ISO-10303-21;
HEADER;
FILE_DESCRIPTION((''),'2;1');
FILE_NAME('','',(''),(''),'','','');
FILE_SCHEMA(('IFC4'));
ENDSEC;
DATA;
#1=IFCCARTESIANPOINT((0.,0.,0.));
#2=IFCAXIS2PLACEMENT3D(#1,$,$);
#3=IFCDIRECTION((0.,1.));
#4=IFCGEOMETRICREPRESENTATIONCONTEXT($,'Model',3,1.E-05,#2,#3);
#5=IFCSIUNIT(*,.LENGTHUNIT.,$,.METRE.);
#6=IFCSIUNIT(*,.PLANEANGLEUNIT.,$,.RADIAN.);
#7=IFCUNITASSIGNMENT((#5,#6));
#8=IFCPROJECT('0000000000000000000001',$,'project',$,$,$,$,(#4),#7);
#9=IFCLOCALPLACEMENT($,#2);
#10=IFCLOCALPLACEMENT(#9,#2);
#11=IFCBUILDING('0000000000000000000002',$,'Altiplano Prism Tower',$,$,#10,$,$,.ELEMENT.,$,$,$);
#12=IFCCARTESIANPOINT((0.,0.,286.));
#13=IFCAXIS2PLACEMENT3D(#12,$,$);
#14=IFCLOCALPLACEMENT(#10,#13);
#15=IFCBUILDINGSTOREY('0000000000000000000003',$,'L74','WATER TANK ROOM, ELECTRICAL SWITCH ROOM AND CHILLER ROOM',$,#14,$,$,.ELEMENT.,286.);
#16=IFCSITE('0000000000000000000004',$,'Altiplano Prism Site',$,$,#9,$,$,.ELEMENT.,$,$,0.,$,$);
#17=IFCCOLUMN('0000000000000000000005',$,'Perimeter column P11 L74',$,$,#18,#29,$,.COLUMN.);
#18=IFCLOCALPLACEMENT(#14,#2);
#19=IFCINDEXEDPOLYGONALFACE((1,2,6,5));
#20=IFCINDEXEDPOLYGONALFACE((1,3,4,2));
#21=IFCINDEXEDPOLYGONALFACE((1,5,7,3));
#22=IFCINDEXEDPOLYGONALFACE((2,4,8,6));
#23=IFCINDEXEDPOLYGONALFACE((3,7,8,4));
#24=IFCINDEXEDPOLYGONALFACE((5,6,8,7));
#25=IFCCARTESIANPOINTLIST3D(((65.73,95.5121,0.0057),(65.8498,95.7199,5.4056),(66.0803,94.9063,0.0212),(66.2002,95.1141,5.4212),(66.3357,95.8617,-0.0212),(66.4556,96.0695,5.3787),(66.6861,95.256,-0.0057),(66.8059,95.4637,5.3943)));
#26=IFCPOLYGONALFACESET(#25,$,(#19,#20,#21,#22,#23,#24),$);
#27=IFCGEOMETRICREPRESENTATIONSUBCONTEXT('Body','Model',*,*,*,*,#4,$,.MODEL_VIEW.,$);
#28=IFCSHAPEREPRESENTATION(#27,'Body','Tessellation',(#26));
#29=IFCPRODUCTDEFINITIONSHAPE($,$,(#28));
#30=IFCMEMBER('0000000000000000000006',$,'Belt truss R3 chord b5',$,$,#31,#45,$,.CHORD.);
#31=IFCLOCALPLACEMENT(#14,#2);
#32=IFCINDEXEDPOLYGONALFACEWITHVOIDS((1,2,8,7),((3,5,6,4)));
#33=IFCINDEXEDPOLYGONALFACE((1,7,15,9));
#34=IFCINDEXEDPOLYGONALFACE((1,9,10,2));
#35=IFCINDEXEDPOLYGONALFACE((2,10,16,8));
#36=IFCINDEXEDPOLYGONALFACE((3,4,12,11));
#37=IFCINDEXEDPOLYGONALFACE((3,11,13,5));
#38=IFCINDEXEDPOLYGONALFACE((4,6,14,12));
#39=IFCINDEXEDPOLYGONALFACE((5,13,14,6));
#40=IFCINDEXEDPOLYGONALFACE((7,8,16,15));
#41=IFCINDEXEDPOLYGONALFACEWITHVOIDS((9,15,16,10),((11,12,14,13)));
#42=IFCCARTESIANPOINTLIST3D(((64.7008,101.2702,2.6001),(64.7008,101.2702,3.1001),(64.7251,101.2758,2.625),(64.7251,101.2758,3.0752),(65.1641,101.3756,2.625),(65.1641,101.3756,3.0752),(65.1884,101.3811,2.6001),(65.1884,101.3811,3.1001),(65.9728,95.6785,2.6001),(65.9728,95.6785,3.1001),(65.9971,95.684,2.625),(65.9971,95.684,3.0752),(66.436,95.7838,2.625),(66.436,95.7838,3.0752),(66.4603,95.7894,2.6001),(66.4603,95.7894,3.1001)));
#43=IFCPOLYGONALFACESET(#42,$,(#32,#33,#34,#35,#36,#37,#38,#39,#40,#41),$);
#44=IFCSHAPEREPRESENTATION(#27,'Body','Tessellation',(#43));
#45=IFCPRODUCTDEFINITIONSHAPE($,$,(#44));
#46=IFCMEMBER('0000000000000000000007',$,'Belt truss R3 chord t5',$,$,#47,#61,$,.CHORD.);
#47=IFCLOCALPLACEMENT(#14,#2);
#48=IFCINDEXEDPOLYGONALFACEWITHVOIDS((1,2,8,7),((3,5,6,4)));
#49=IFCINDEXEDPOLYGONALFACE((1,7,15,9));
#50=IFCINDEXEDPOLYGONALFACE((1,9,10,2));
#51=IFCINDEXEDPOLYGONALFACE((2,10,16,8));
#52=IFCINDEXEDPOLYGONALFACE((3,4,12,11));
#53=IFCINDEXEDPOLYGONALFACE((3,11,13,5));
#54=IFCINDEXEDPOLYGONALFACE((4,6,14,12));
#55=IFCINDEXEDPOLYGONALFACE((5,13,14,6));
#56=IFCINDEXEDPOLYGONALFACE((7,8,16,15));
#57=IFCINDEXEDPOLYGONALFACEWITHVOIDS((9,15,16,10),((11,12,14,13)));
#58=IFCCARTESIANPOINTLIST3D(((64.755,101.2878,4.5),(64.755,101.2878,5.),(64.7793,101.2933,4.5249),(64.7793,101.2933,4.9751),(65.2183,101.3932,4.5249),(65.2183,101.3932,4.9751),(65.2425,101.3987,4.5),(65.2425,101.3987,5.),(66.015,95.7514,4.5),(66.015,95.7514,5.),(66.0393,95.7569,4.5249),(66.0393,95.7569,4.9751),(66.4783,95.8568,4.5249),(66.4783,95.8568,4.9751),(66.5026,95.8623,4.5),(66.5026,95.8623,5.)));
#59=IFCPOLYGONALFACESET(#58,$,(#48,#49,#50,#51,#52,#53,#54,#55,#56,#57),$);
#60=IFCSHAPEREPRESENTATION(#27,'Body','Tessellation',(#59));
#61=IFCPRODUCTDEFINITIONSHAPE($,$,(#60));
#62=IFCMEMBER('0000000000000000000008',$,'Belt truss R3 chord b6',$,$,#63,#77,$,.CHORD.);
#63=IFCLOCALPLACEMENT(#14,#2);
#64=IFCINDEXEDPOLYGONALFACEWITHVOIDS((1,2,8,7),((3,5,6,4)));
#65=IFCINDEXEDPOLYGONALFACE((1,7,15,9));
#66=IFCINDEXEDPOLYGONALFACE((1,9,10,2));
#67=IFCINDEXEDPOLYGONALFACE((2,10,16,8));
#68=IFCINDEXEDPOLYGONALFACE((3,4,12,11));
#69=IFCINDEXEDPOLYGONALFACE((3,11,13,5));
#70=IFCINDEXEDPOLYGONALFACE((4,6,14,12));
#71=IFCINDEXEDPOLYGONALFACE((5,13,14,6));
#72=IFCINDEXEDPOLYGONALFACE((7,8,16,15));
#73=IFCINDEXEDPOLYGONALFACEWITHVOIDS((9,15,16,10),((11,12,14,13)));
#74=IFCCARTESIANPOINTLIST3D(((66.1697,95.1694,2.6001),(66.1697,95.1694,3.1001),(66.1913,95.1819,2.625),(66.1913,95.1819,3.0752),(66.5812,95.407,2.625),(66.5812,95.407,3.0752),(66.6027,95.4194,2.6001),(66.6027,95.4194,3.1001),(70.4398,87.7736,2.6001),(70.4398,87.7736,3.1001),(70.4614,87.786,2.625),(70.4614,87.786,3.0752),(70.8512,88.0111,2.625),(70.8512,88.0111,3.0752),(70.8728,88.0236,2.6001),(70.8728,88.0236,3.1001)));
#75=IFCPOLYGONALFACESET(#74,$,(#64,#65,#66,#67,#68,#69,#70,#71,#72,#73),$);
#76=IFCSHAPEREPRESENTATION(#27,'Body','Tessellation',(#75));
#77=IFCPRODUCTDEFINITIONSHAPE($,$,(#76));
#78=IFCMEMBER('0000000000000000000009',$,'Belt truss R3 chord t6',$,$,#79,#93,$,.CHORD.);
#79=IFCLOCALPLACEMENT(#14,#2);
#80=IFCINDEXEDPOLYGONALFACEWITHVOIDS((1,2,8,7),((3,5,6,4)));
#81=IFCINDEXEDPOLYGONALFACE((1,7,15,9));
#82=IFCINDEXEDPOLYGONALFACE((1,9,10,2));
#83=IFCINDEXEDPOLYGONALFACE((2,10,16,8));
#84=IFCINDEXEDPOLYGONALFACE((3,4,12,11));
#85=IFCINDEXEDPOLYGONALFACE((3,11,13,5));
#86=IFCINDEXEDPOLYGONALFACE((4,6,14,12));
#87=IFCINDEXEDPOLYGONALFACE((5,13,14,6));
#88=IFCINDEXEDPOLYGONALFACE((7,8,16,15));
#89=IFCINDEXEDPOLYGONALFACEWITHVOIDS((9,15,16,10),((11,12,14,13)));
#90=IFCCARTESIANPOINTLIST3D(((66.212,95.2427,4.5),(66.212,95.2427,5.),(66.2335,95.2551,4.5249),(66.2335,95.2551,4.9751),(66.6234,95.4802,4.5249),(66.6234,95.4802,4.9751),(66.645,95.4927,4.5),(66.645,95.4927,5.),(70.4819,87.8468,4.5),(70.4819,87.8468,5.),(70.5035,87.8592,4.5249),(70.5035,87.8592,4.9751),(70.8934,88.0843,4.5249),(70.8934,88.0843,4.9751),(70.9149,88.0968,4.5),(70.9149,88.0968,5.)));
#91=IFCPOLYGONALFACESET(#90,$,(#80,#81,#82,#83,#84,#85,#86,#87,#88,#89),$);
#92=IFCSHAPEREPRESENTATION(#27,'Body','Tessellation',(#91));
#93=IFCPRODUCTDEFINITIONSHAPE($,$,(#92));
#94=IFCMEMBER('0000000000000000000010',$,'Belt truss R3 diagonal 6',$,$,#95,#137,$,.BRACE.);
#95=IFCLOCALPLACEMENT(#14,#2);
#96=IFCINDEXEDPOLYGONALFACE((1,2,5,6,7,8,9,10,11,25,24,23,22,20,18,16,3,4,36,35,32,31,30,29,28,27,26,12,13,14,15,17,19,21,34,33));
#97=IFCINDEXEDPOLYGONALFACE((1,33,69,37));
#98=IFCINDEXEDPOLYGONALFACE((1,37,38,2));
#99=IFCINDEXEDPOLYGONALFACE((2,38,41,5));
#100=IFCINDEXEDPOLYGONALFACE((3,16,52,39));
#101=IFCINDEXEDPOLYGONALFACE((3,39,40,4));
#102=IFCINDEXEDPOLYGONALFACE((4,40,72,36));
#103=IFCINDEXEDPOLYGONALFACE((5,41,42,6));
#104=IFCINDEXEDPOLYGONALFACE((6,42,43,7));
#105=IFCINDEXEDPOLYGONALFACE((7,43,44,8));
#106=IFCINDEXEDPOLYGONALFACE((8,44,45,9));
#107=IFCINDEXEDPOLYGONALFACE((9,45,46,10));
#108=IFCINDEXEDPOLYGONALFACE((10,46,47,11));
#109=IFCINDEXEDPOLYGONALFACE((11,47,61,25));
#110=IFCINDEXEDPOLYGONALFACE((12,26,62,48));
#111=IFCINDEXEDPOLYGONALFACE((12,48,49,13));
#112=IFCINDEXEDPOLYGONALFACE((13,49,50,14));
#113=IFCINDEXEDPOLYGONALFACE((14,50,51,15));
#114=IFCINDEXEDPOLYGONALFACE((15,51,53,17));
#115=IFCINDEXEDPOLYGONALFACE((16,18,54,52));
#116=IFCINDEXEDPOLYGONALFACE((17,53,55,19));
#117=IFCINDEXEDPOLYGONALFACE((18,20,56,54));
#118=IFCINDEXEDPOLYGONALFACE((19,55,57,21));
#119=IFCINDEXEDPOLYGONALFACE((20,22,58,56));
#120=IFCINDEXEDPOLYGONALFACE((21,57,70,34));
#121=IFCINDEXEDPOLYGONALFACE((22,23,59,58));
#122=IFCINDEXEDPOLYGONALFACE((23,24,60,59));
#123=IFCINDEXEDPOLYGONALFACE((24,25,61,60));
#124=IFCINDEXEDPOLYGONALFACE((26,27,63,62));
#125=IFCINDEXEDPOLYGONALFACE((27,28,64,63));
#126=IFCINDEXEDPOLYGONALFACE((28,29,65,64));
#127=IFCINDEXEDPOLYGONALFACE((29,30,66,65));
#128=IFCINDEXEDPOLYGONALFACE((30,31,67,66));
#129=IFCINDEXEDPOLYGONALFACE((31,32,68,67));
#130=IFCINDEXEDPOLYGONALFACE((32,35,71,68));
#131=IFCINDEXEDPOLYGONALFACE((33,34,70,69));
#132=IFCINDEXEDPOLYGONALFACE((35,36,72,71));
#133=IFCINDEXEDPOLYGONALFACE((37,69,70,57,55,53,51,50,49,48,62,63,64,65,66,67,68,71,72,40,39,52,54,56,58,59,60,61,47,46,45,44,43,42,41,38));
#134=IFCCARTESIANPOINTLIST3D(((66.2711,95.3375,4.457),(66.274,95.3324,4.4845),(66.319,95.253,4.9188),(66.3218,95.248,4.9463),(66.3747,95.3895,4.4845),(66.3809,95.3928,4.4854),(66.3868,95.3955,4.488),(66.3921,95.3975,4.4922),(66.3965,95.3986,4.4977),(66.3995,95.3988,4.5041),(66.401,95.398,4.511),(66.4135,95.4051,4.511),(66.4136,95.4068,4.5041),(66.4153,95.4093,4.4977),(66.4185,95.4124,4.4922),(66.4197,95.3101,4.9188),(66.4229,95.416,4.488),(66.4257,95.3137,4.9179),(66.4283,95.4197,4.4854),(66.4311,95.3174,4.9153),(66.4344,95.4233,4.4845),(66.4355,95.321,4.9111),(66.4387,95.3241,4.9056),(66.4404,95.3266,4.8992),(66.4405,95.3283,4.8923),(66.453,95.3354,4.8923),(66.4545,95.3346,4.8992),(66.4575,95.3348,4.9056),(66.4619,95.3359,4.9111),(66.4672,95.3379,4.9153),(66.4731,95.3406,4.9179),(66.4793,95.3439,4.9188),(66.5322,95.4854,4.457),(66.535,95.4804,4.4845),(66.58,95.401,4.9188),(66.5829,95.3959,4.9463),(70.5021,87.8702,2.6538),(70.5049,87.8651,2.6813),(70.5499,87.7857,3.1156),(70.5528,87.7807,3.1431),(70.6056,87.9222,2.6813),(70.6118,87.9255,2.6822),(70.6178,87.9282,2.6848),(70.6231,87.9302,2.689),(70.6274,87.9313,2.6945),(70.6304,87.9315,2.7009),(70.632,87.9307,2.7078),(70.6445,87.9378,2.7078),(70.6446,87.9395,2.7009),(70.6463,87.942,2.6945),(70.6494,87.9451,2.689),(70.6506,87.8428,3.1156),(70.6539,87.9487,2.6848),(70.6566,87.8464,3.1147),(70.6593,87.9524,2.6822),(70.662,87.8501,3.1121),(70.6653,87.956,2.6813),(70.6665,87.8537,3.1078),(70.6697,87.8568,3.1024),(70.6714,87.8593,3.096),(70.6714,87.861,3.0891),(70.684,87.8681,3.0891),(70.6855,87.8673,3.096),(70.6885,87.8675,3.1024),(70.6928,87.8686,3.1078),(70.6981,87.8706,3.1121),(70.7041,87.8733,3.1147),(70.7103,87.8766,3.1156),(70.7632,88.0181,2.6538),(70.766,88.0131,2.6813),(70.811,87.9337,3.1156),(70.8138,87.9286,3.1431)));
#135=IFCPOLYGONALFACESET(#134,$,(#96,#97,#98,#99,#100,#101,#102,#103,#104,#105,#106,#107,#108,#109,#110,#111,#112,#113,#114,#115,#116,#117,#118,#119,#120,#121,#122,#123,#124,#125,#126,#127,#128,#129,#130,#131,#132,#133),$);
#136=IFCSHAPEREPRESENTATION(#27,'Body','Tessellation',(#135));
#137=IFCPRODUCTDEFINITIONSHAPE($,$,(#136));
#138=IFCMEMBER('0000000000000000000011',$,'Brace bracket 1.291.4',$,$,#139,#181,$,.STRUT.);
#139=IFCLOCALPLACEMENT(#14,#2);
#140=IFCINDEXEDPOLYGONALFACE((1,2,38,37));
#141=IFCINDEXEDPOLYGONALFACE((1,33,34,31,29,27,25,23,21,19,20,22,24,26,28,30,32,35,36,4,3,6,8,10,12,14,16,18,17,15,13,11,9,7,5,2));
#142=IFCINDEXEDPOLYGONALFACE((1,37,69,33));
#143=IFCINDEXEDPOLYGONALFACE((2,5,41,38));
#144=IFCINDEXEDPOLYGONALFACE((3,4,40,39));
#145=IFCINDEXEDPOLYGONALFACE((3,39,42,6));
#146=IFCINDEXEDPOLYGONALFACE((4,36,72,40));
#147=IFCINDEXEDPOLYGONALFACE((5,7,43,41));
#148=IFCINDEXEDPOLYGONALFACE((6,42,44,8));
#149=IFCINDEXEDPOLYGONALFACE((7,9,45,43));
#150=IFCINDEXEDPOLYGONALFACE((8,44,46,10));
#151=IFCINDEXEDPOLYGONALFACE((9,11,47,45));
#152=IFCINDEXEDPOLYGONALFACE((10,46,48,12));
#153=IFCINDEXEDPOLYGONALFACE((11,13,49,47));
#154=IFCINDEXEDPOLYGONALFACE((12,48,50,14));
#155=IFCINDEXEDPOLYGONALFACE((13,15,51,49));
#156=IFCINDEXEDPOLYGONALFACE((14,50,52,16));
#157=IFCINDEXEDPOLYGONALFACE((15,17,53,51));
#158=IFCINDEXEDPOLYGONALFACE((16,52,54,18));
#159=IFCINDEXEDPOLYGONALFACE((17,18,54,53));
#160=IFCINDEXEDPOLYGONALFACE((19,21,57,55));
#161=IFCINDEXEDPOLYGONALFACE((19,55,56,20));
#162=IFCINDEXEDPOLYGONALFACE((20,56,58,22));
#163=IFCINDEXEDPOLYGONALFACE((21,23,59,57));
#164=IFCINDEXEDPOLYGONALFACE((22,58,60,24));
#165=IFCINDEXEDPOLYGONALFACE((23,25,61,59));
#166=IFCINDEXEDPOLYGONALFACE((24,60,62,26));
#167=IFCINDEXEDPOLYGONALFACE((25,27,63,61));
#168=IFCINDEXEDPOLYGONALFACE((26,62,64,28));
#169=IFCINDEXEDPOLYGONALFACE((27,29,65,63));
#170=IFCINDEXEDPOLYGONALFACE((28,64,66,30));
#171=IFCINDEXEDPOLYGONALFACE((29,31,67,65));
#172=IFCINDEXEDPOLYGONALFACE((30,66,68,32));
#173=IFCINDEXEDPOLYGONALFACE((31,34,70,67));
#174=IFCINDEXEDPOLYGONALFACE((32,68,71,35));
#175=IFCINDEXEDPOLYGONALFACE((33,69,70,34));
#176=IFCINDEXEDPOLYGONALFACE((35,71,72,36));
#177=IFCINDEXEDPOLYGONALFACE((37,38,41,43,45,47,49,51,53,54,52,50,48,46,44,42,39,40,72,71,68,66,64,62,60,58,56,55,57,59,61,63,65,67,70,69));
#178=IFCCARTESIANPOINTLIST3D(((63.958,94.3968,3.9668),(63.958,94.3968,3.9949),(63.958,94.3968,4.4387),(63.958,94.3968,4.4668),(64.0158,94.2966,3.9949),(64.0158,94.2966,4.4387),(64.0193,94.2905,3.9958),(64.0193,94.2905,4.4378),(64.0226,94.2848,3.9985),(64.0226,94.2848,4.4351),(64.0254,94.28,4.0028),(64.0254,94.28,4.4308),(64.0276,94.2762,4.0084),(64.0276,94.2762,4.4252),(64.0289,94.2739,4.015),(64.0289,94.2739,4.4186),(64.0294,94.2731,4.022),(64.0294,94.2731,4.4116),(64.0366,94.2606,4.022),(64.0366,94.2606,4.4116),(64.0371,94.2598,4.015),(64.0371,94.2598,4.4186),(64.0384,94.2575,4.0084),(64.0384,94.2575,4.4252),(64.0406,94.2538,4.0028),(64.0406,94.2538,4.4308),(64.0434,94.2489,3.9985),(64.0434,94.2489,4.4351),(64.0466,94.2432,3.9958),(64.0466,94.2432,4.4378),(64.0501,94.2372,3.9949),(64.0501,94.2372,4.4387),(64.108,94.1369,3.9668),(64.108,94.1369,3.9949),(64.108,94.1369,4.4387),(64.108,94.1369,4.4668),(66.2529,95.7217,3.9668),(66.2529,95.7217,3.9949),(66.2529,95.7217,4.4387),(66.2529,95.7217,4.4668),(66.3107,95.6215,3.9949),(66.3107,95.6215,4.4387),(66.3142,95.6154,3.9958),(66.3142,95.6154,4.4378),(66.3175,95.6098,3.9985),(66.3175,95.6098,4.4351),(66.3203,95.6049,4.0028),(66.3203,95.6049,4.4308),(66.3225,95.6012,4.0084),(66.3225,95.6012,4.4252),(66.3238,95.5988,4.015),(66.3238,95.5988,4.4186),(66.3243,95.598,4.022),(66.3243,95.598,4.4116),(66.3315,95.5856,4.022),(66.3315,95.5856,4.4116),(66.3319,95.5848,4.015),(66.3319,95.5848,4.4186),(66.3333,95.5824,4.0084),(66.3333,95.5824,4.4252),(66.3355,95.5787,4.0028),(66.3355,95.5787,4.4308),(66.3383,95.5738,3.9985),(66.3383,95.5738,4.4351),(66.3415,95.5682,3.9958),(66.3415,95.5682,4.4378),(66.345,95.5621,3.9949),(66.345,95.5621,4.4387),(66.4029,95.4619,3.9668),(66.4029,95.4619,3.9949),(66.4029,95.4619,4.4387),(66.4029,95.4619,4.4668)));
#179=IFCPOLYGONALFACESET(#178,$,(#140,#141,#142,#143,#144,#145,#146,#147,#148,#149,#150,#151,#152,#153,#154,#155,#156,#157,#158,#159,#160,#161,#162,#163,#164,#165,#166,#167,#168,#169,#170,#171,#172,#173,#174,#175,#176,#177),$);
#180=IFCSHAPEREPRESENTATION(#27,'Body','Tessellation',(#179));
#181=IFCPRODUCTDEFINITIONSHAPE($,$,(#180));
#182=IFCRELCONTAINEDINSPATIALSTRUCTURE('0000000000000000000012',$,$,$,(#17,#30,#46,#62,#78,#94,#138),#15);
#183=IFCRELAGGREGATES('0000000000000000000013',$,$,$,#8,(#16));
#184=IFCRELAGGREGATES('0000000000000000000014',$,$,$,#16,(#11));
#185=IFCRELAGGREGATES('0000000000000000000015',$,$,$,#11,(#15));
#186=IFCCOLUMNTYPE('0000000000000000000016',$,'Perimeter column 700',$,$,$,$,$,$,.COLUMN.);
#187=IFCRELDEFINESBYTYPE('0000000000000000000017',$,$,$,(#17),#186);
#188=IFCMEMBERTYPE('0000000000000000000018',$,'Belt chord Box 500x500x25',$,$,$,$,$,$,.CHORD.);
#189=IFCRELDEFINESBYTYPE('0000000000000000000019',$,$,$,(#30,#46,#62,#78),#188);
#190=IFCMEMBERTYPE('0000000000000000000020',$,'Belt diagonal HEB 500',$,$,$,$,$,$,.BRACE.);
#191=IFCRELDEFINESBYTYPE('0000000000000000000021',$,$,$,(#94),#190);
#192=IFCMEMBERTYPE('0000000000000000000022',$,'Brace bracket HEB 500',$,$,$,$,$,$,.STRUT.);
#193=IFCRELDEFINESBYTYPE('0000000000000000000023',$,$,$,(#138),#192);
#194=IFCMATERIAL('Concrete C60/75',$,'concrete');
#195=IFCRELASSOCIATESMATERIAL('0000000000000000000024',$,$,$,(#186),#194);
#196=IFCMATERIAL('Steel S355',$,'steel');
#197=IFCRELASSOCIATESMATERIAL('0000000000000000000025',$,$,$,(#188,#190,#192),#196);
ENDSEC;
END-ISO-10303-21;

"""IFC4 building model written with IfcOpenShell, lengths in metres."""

from ifc_helpers import new_model, si_unit, direction, frame, origin, origin_2d, place, context, subcontext, project, spatial, rectangle, hollow_rectangle, i_section, extrude, material, material_profile, profile_set, type_object, element, save


model = new_model("IFC4")

# Units and contexts
model_context = context("Model", 3, precision=1e-05, world=origin(), true_north=direction((0.0, 1.0)))
body_context = subcontext(model_context, "Body", "Model", "MODEL_VIEW")
ifc_project = project(units=[si_unit("LENGTHUNIT", "METRE"), si_unit("PLANEANGLEUNIT", "RADIAN")], contexts=[model_context])

# Site, building, storey
site_placement = place(None, origin())
site = spatial("IfcSite", under=ifc_project, at=site_placement, Name="Altiplano Prism Site", CompositionType="ELEMENT", RefElevation=0.0)
building_placement = place(site_placement, origin())
building = spatial("IfcBuilding", under=site, at=building_placement, Name="Altiplano Prism Tower", CompositionType="ELEMENT")
storey_placement = place(building_placement, frame((0.0, 0.0, 286.0)))
storey = spatial("IfcBuildingStorey", under=building, at=storey_placement, Name="L74", Description="WATER TANK ROOM, ELECTRICAL SWITCH ROOM AND CHILLER ROOM", CompositionType="ELEMENT", Elevation=286.0)

# Column
ifc_material_1 = material(Name="Concrete C60/75", Category="concrete")
ifc_material_profile_1 = material_profile(ifc_material_1, rectangle(XDim=0.7, YDim=0.7, at=origin_2d()), Name="Perimeter column 700")
ifc_profile_set_1 = profile_set([ifc_material_profile_1], Name="Concrete C60/75")
column_type = type_object("IfcColumnType", Name="Perimeter column 700", PredefinedType="COLUMN", material=ifc_profile_set_1)
column_placement = place(storey_placement, frame((66.208, 95.384, 0.0), z_axis=(0.022177, 0.038438, 0.999015), x_axis=(-0.865454, -0.499513, 0.038431)))
element("IfcColumn", 1, at=column_placement, inside=storey, type_object=column_type, Name="Perimeter column P11 L74", PredefinedType="COLUMN", context=body_context, shape_type="SweptSolid", body=[
    extrude(rectangle(XDim=0.7, YDim=0.7, at=origin_2d()), origin(), (0.0, 0.0, 1.0), 5.4053),
])

# Members
ifc_material_2 = material(Name="Steel S355", Category="steel")
ifc_material_profile_2 = material_profile(ifc_material_2, hollow_rectangle(XDim=0.5, YDim=0.5, WallThickness=0.0249, at=origin_2d()), Name="Belt chord Box 500x500x25")
ifc_profile_set_2 = profile_set([ifc_material_profile_2], Name="Steel S355")
member_type_1 = type_object("IfcMemberType", Name="Belt chord Box 500x500x25", PredefinedType="CHORD", material=ifc_profile_set_2)
member_1_placement = place(storey_placement, frame((64.9446, 101.3257, 2.8501), z_axis=(0.221805, -0.975091, 0.0), x_axis=(0.975091, 0.221805, 0.0)))
element("IfcMember", 2, at=member_1_placement, inside=storey, type_object=member_type_1, Name="Belt truss R3 chord b5", PredefinedType="CHORD", context=body_context, shape_type="SweptSolid", body=[
    extrude(hollow_rectangle(XDim=0.5, YDim=0.5, WallThickness=0.0249, at=origin_2d()), origin(), (0.0, 0.0, 1.0), 5.7346),
])
member_2_placement = place(storey_placement, frame((64.9988, 101.3433, 4.75), z_axis=(0.221913, -0.975066, 0.0), x_axis=(0.975066, 0.221913, 0.0)))
element("IfcMember", 3, at=member_2_placement, inside=storey, type_object=member_type_1, Name="Belt truss R3 chord t5", PredefinedType="CHORD", context=body_context, shape_type="SweptSolid", body=[
    extrude(hollow_rectangle(XDim=0.5, YDim=0.5, WallThickness=0.0249, at=origin_2d()), origin(), (0.0, 0.0, 1.0), 5.678),
])
for number, where, z_axis, x_axis, name in (
    (4, (66.3862, 95.2944, 2.8501), (0.500007, -0.866021, 0.0), (0.866021, 0.500007, 0.0), "Belt truss R3 chord b6"),
    (5, (66.4285, 95.3677, 4.75), (0.499995, -0.866028, 0.0), (0.866028, 0.499995, 0.0), "Belt truss R3 chord t6"),
):
    element("IfcMember", number, at=place(storey_placement, frame(where, z_axis=z_axis, x_axis=x_axis)), inside=storey, type_object=member_type_1, Name=name, PredefinedType="CHORD", context=body_context, shape_type="SweptSolid", body=[
        extrude(hollow_rectangle(XDim=0.5, YDim=0.5, WallThickness=0.0249, at=origin_2d()), origin(), (0.0, 0.0, 1.0), 8.54),
    ])
ifc_material_profile_3 = material_profile(ifc_material_2, i_section(OverallWidth=0.3, OverallDepth=0.5, WebThickness=0.0144, FlangeThickness=0.0281, FilletRadius=0.0271, at=origin_2d()), Name="Belt diagonal HEB 500")
ifc_profile_set_3 = profile_set([ifc_material_profile_3], Name="Steel S355")
member_type_2 = type_object("IfcMemberType", Name="Belt diagonal HEB 500", PredefinedType="BRACE", material=ifc_profile_set_3)
member_3_placement = place(storey_placement, frame((66.427, 95.3667, 4.7017), z_axis=(0.482435, -0.851458, -0.205613), x_axis=(0.870047, 0.492968, 0.0)))
element("IfcMember", 6, at=member_3_placement, inside=storey, type_object=member_type_2, Name="Belt truss R3 diagonal 6", PredefinedType="BRACE", context=body_context, shape_type="SweptSolid", body=[
    extrude(i_section(OverallWidth=0.3, OverallDepth=0.5, WebThickness=0.0144, FlangeThickness=0.0281, FilletRadius=0.0271, at=origin_2d()), origin(), (0.0, 0.0, 1.0), 8.77),
])
ifc_material_profile_4 = material_profile(ifc_material_2, i_section(OverallWidth=0.3, OverallDepth=0.5, WebThickness=0.0144, FlangeThickness=0.0281, FilletRadius=0.0271, at=origin_2d()), Name="Brace bracket HEB 500")
ifc_profile_set_4 = profile_set([ifc_material_profile_4], Name="Steel S355")
member_type_3 = type_object("IfcMemberType", Name="Brace bracket HEB 500", PredefinedType="STRUT", material=ifc_profile_set_4)
member_4_placement = place(storey_placement, frame((66.3279, 95.5918, 4.2168), z_axis=(-0.866029, -0.499994, 0.0), x_axis=(0.499994, -0.866029, 0.0)))
element("IfcMember", 7, at=member_4_placement, inside=storey, type_object=member_type_3, Name="Brace bracket 1.291.4", PredefinedType="STRUT", context=body_context, shape_type="SweptSolid", body=[
    extrude(i_section(OverallWidth=0.3, OverallDepth=0.5, WebThickness=0.0144, FlangeThickness=0.0281, FilletRadius=0.0271, at=origin_2d()), origin(), (0.0, 0.0, 1.0), 2.6499),
])

save(model, "model.ifc")
